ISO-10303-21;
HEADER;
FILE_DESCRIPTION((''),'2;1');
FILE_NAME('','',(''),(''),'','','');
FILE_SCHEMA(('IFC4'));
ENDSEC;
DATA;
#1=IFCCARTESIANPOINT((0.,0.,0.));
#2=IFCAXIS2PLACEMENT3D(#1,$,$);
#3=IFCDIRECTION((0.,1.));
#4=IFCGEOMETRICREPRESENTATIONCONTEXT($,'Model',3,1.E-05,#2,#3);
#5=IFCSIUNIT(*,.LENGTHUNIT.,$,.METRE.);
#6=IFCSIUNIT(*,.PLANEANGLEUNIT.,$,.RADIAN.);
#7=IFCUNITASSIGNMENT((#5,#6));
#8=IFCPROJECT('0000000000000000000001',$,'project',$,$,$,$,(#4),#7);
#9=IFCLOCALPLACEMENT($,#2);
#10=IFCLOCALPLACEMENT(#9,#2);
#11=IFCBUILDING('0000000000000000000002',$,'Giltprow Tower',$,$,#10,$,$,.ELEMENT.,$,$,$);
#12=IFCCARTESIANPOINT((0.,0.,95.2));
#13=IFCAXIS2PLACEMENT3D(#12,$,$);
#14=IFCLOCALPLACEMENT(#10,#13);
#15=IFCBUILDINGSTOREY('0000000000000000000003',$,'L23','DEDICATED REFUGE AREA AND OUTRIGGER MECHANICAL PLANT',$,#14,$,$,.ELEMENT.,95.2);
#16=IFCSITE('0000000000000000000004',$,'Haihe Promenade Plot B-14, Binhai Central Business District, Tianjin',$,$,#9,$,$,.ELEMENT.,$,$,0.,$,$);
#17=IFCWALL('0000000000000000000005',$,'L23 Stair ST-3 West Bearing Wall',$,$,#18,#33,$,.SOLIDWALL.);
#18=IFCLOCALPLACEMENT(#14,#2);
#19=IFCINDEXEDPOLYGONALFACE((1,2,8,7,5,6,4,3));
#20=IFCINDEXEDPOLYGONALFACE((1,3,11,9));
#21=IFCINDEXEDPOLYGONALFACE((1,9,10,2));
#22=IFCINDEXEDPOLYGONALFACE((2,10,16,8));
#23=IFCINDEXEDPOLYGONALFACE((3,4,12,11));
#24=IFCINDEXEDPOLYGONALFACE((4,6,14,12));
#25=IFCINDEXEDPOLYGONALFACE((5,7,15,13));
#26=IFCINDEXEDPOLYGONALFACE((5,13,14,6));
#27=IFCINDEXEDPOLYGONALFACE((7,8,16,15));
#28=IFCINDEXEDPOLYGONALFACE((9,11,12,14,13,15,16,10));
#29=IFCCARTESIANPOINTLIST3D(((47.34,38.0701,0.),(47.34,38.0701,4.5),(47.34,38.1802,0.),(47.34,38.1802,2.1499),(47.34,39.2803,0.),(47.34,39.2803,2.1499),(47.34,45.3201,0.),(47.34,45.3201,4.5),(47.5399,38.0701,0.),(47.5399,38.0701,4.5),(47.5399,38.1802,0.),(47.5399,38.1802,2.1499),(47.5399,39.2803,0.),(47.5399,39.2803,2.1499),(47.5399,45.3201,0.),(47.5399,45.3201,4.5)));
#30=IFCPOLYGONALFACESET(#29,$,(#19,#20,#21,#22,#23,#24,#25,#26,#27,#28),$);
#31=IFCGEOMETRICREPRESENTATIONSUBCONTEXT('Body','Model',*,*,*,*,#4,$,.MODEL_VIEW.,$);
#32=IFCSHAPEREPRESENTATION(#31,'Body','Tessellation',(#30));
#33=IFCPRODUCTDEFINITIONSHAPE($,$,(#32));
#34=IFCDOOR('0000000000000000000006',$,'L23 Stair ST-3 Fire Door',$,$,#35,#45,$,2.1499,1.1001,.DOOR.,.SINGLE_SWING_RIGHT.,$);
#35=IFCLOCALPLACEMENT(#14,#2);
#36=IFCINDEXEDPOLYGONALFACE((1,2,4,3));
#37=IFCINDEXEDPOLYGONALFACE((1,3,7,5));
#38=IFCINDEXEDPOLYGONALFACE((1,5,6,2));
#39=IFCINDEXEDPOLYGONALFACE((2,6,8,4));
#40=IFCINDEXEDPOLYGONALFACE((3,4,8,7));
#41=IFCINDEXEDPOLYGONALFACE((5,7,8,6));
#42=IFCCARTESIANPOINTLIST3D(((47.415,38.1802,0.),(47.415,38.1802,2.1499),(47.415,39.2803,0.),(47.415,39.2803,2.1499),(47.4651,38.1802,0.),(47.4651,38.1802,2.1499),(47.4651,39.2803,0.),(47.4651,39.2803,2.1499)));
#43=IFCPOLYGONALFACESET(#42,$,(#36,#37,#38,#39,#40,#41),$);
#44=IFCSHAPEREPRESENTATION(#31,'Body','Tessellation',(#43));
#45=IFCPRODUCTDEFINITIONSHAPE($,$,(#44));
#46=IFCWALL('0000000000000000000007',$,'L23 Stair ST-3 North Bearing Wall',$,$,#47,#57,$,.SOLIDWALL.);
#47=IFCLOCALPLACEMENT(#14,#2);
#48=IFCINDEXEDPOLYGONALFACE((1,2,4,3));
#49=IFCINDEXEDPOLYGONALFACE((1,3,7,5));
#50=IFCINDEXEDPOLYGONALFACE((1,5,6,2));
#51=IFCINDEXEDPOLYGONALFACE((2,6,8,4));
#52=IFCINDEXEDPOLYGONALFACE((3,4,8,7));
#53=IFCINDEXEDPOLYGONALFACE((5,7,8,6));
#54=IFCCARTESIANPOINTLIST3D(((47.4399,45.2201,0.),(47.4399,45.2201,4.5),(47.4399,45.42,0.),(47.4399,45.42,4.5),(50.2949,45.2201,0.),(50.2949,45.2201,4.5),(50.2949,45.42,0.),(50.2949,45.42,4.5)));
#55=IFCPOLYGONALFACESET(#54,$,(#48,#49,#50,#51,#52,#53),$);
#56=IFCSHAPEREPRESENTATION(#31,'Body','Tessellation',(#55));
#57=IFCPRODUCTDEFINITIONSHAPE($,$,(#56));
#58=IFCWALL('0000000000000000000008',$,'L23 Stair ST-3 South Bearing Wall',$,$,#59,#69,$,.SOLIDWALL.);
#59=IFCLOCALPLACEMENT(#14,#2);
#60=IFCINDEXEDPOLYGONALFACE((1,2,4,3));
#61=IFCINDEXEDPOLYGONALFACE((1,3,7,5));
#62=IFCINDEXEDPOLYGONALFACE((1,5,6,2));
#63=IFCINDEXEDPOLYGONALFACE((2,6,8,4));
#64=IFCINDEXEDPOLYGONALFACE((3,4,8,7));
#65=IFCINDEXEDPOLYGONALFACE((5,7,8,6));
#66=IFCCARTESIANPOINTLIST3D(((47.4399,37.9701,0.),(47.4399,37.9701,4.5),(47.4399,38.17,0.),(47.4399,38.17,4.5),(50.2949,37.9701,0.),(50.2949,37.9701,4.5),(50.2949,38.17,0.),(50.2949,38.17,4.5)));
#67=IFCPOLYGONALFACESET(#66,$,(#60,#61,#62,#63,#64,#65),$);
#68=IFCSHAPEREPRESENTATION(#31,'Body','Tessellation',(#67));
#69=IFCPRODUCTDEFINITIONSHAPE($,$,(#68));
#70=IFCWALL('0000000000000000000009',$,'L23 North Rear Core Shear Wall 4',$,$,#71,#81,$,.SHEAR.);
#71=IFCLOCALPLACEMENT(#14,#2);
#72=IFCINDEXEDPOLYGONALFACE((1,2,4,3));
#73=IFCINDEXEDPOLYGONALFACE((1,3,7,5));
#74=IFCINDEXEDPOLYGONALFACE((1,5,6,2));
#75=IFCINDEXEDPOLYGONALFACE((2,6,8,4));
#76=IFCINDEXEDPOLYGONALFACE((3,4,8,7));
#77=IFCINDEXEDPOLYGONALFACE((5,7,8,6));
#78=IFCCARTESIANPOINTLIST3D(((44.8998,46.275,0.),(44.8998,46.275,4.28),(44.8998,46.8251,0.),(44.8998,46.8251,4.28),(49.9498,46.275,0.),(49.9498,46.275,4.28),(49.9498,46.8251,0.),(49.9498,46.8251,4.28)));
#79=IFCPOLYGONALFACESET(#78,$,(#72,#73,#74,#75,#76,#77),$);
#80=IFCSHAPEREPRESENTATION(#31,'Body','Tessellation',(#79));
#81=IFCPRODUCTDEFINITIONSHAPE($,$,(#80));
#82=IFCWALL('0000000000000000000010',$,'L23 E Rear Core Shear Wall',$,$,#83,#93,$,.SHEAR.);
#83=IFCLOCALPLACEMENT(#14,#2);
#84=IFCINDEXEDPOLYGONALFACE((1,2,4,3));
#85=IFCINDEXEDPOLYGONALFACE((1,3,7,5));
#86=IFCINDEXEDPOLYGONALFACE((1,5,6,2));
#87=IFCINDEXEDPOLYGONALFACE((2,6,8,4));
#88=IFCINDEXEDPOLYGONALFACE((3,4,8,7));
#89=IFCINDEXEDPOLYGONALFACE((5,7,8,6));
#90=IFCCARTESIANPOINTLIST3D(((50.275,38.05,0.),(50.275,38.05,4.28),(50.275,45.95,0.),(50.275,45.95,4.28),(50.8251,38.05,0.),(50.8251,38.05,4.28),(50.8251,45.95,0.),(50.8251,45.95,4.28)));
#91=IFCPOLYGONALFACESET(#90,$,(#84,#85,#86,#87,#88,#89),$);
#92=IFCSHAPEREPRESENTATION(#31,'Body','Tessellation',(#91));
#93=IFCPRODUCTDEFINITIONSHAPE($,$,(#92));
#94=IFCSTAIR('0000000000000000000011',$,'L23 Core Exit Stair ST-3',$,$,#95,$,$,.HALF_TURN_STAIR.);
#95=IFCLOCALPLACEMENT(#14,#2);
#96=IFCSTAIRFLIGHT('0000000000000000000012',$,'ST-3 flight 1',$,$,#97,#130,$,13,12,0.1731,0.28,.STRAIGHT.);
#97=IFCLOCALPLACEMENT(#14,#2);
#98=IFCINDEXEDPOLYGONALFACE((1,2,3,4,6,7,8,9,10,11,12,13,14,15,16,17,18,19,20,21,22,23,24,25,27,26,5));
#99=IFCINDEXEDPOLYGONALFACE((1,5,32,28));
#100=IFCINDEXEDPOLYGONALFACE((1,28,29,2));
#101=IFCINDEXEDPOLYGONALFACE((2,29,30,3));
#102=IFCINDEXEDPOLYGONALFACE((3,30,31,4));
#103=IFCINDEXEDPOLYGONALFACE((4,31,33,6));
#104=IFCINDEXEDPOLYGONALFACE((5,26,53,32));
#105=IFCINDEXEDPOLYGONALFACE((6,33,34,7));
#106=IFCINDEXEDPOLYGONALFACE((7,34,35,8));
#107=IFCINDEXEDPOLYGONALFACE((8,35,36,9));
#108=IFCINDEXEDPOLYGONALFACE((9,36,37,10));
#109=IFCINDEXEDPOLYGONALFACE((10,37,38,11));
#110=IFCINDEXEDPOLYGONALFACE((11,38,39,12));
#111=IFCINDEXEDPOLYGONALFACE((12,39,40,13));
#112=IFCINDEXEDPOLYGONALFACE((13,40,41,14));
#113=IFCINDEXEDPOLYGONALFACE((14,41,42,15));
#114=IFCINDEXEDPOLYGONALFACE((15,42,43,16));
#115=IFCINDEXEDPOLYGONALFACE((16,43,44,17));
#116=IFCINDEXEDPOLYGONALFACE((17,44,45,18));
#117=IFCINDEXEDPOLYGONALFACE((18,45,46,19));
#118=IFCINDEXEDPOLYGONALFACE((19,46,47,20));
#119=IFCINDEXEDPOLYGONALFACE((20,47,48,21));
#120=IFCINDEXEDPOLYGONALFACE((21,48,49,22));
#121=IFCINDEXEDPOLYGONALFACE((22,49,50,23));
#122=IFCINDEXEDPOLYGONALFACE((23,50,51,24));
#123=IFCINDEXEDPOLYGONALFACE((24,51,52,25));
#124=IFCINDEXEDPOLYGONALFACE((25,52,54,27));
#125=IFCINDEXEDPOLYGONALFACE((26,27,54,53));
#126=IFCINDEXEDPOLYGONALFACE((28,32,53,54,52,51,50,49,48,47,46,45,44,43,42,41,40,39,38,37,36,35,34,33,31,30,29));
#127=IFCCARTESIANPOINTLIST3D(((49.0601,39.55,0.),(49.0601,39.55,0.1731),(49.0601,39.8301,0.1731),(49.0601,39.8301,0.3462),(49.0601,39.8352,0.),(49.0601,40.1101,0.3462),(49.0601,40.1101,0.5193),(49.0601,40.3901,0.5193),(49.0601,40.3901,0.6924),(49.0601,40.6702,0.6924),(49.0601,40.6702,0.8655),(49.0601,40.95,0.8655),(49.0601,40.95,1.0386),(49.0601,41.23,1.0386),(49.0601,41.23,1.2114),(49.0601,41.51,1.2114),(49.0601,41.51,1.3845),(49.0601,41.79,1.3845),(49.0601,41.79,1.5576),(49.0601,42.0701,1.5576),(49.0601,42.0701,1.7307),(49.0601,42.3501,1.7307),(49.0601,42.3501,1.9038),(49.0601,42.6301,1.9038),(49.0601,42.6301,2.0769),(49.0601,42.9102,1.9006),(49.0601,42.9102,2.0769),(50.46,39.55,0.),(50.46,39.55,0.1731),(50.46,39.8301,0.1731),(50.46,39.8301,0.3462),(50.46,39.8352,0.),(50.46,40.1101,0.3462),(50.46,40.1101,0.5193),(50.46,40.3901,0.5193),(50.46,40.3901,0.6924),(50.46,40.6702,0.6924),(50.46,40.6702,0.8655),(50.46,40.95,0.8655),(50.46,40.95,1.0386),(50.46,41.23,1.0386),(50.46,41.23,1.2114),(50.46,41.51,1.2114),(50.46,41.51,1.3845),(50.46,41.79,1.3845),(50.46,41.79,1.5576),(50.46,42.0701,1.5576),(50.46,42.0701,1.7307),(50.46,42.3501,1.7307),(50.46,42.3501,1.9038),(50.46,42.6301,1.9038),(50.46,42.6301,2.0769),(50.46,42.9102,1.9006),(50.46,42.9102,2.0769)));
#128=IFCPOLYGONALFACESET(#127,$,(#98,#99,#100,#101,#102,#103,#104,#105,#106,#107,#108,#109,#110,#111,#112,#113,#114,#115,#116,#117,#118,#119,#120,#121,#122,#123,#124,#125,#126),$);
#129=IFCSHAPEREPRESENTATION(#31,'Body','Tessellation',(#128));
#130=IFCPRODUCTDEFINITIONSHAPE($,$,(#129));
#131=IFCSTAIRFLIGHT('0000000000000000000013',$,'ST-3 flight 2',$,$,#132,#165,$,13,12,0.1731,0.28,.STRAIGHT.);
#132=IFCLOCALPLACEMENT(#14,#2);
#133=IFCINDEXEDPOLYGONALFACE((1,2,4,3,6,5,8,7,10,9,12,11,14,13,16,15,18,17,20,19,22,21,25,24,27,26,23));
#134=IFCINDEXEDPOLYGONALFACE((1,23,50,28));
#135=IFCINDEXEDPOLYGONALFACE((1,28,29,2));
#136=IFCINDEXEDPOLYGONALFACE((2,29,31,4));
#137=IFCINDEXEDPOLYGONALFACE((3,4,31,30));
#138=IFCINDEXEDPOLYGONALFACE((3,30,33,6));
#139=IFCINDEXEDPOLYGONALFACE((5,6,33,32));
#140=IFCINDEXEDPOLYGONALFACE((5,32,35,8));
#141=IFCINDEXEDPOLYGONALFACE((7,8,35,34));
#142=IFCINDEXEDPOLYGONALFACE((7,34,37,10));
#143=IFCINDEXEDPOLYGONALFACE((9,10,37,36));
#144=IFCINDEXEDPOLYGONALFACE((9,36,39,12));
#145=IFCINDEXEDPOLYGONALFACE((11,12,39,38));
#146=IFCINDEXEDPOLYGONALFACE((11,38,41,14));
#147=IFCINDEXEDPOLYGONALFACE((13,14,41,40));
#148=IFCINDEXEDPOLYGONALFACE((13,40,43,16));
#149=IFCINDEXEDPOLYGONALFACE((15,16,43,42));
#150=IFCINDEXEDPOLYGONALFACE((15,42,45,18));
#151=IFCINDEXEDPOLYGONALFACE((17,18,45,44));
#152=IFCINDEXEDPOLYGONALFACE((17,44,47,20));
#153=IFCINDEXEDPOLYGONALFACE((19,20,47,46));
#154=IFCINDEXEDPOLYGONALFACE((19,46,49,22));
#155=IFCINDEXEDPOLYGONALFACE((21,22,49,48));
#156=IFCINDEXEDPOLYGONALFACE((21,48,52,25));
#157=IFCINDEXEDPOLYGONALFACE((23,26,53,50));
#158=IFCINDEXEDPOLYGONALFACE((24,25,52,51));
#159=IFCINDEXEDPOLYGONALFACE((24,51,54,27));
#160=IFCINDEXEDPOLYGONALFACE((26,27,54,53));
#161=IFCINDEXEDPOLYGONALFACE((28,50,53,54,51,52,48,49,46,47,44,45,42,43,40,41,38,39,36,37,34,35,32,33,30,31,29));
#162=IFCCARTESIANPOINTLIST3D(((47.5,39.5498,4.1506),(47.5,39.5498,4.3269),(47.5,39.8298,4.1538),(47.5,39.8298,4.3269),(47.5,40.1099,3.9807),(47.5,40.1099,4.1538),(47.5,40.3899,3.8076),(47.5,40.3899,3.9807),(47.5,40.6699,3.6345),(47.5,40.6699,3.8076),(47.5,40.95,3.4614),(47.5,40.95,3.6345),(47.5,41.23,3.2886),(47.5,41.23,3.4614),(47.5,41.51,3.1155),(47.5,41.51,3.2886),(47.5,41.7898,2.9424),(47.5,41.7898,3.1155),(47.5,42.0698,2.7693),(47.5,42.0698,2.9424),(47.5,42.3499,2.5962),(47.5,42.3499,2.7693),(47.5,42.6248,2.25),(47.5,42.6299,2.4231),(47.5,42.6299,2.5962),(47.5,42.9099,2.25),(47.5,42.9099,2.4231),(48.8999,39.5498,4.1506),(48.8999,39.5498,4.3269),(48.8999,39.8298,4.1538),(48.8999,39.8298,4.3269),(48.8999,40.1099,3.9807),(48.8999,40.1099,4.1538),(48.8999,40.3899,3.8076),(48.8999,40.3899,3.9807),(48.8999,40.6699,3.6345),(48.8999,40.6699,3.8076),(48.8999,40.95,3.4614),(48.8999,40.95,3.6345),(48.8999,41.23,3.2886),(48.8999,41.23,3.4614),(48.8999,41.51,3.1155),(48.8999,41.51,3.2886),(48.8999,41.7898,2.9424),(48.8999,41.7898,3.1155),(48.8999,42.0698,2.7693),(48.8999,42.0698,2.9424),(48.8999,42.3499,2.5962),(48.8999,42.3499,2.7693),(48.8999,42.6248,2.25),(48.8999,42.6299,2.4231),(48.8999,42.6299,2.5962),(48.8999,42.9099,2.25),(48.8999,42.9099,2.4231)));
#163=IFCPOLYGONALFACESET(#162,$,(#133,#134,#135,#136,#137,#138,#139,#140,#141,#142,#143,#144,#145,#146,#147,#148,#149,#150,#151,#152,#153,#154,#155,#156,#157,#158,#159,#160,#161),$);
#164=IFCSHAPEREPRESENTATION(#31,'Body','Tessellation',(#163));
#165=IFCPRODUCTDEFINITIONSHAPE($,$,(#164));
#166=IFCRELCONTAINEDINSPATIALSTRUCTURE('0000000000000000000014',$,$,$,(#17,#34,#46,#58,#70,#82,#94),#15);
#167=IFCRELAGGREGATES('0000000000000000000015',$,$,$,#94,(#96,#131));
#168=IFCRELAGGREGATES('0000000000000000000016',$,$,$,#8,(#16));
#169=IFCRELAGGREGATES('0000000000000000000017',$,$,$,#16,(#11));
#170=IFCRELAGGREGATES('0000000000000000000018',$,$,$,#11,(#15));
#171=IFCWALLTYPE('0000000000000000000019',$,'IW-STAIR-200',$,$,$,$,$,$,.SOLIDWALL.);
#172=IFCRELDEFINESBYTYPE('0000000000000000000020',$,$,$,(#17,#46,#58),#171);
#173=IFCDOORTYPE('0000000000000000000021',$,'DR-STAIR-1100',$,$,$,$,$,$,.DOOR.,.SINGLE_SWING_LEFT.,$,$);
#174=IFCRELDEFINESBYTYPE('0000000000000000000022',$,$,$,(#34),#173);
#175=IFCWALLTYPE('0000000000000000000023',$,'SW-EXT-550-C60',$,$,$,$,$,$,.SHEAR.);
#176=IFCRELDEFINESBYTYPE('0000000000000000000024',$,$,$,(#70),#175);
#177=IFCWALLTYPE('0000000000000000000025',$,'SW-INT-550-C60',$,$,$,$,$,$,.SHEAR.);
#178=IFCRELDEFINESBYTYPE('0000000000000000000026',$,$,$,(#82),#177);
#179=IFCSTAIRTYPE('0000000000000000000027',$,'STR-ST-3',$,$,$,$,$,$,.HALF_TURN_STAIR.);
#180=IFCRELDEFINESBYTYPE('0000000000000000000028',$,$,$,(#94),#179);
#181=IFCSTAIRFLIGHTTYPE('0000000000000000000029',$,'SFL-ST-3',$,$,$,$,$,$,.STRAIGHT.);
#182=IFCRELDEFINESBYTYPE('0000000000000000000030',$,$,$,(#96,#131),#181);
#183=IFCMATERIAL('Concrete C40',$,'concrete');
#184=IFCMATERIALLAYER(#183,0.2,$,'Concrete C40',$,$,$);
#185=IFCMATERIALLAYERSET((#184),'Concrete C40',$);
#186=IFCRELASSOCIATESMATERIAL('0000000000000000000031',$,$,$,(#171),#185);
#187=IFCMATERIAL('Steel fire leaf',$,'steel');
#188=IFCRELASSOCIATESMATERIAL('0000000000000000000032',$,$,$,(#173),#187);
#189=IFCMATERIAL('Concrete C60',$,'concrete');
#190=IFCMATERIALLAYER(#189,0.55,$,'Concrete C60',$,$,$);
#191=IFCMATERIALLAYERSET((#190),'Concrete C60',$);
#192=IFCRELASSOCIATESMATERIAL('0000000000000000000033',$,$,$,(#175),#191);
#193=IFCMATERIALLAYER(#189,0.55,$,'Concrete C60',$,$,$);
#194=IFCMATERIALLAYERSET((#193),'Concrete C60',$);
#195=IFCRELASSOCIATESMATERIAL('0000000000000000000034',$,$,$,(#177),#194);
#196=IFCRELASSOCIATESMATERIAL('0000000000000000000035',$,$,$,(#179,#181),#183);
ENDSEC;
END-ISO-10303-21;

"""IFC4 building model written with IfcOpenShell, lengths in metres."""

from ifc_helpers import new_model, si_unit, direction, frame, frame_2d, origin, place, context, subcontext, project, spatial, polyline, rectangle, outline, extrude, source, transform, mapped, material, layer, layer_set, type_object, element, fill, aggregate, save


model = new_model("IFC4")

# Units and contexts
model_context = context("Model", 3, precision=1e-05, world=origin(), true_north=direction((0.0, 1.0)))
body_context = subcontext(model_context, "Body", "Model", "MODEL_VIEW")
ifc_project = project(units=[si_unit("LENGTHUNIT", "METRE"), si_unit("PLANEANGLEUNIT", "RADIAN")], contexts=[model_context])

# Site, building, storey
site_placement = place(None, origin())
site = spatial("IfcSite", under=ifc_project, at=site_placement, Name="Haihe Promenade Plot B-14, Binhai Central Business District, Tianjin", CompositionType="ELEMENT", RefElevation=0.0)
building_placement = place(site_placement, origin())
building = spatial("IfcBuilding", under=site, at=building_placement, Name="Giltprow Tower", CompositionType="ELEMENT")
storey_placement = place(building_placement, frame((0.0, 0.0, 95.2)))
storey = spatial("IfcBuildingStorey", under=building, at=storey_placement, Name="L23", Description="DEDICATED REFUGE AREA AND OUTRIGGER MECHANICAL PLANT", CompositionType="ELEMENT", Elevation=95.2)

# Shared definitions
ifc_material_1 = material(Name="Concrete C60", Category="concrete")

# Wall, opening, door
ifc_material_2 = material(Name="Concrete C40", Category="concrete")
ifc_layer_1 = layer(ifc_material_2, 0.2, Name="Concrete C40")
ifc_layer_set_1 = layer_set([ifc_layer_1], Name="Concrete C40")
wall_type_1 = type_object("IfcWallType", Name="IW-STAIR-200", PredefinedType="SOLIDWALL", material=ifc_layer_set_1)
wall_1_placement = place(storey_placement, frame((47.4399, 38.0701, 0.0), z_axis=(0.0, 0.0, 1.0), x_axis=(0.0, 1.0, 0.0)))
wall_1 = element("IfcWall", 1, at=wall_1_placement, inside=storey, type_object=wall_type_1, Name="L23 Stair ST-3 West Bearing Wall", PredefinedType="SOLIDWALL", context=body_context, shape_type="SweptSolid", body=[
    extrude(rectangle(XDim=7.25, YDim=0.2, at=frame_2d((3.625, 0.0))), origin(), (0.0, 0.0, 1.0), 4.5),
])
opening_placement = place(wall_1_placement, frame((0.1101, 0.0, 0.0)))
opening = element("IfcOpeningElement", 2, at=opening_placement, cuts=wall_1, PredefinedType="OPENING", context=body_context, shape_type="SweptSolid", body=[
    extrude(rectangle(XDim=1.1001, YDim=2.1499, at=frame_2d((0.55, 1.075))), frame((0.0, 0.1099, 0.0), z_axis=(0.0, -1.0, 0.0), x_axis=(1.0, 0.0, 0.0)), (0.0, 0.0, 1.0), 0.22),
])
ifc_material_3 = material(Name="Steel fire leaf", Category="steel")
door_type = type_object("IfcDoorType", Name="DR-STAIR-1100", OperationType="SINGLE_SWING_LEFT", PredefinedType="DOOR", material=ifc_material_3)
shared_shape_1 = source(origin(), body_context, "Body", "SweptSolid", [
    extrude(rectangle(XDim=1.1001, YDim=2.1499, at=frame_2d((0.55, 1.075))), frame((0.0, 0.0249, 0.0), z_axis=(0.0, -1.0, 0.0), x_axis=(1.0, 0.0, 0.0)), (0.0, 0.0, 1.0), 0.05),
])
door_placement = place(opening_placement, origin())
door = element("IfcDoor", 3, at=door_placement, inside=storey, type_object=door_type, Name="L23 Stair ST-3 Fire Door", OperationType="SINGLE_SWING_RIGHT", OverallHeight=2.1499, OverallWidth=1.1001, PredefinedType="DOOR", context=body_context, shape_type="MappedRepresentation", body=[
    mapped(shared_shape_1, transform((0.0, 0.0, 0.0), x_axis=(1.0, 0.0, 0.0), y_axis=(0.0, 1.0, 0.0), z_axis=(0.0, 0.0, 1.0), scale=1.0)),
])
fill(opening, door)

# Walls
for number, where, z_axis, x_axis, name in (
    (4, (47.4399, 45.3201, 0.0), (0.0, 0.0, 1.0), (1.0, 0.0, 0.0), "L23 Stair ST-3 North Bearing Wall"),
    (5, (47.4399, 38.0701, 0.0), (0.0, 0.0, 1.0), (1.0, 0.0, 0.0), "L23 Stair ST-3 South Bearing Wall"),
):
    element("IfcWall", number, at=place(storey_placement, frame(where, z_axis=z_axis, x_axis=x_axis)), inside=storey, type_object=wall_type_1, Name=name, PredefinedType="SOLIDWALL", context=body_context, shape_type="SweptSolid", body=[
        extrude(rectangle(XDim=2.855, YDim=0.2, at=frame_2d((1.4275, 0.0))), origin(), (0.0, 0.0, 1.0), 4.5),
    ])
ifc_layer_2 = layer(ifc_material_1, 0.55, Name="Concrete C60")
ifc_layer_set_2 = layer_set([ifc_layer_2], Name="Concrete C60")
wall_type_2 = type_object("IfcWallType", Name="SW-EXT-550-C60", PredefinedType="SHEAR", material=ifc_layer_set_2)
wall_2_placement = place(storey_placement, frame((44.8999, 46.55, 0.0), z_axis=(0.0, 0.0, 1.0), x_axis=(1.0, 0.0, 0.0)))
element("IfcWall", 6, at=wall_2_placement, inside=storey, type_object=wall_type_2, Name="L23 North Rear Core Shear Wall 4", PredefinedType="SHEAR", context=body_context, shape_type="SweptSolid", body=[
    extrude(rectangle(XDim=5.05, YDim=0.55, at=frame_2d((2.5249, 0.0))), origin(), (0.0, 0.0, 1.0), 4.28),
])
ifc_layer_3 = layer(ifc_material_1, 0.55, Name="Concrete C60")
ifc_layer_set_3 = layer_set([ifc_layer_3], Name="Concrete C60")
wall_type_3 = type_object("IfcWallType", Name="SW-INT-550-C60", PredefinedType="SHEAR", material=ifc_layer_set_3)
wall_3_placement = place(storey_placement, frame((50.55, 38.05, 0.0), z_axis=(0.0, 0.0, 1.0), x_axis=(0.0, 1.0, 0.0)))
element("IfcWall", 7, at=wall_3_placement, inside=storey, type_object=wall_type_3, Name="L23 E Rear Core Shear Wall", PredefinedType="SHEAR", context=body_context, shape_type="SweptSolid", body=[
    extrude(rectangle(XDim=7.8999, YDim=0.55, at=frame_2d((3.95, 0.0))), origin(), (0.0, 0.0, 1.0), 4.28),
])

# Stair, stair flights
stair_type = type_object("IfcStairType", Name="STR-ST-3", PredefinedType="HALF_TURN_STAIR", material=ifc_material_2)
stair_placement = place(storey_placement, origin())
stair = element("IfcStair", 8, at=stair_placement, inside=storey, type_object=stair_type, Name="L23 Core Exit Stair ST-3", PredefinedType="HALF_TURN_STAIR")
stair_flight_type = type_object("IfcStairFlightType", Name="SFL-ST-3", PredefinedType="STRAIGHT", material=ifc_material_2)
stair_flight_1_placement = place(storey_placement, frame((49.76, 39.55, 0.0), z_axis=(0.0, 0.0, 1.0), x_axis=(0.0, 1.0, 0.0)))
stair_flight_1 = element("IfcStairFlight", 9, at=stair_flight_1_placement, type_object=stair_flight_type, Name="ST-3 flight 1", NumberOfRisers=13, NumberOfTreads=12, PredefinedType="STRAIGHT", RiserHeight=0.1731, TreadLength=0.28, context=body_context, shape_type="SweptSolid", body=[
    extrude(outline(polyline([(0.0, 0.0), (0.0, 0.1731), (0.28, 0.1731), (0.28, 0.3462), (0.5601, 0.3462), (0.5601, 0.5193), (0.8401, 0.5193), (0.8401, 0.6924), (1.1201, 0.6924), (1.1201, 0.8655), (1.3999, 0.8655), (1.3999, 1.0386), (1.6799, 1.0386), (1.6799, 1.2114), (1.96, 1.2114), (1.96, 1.3845), (2.24, 1.3845), (2.24, 1.5576), (2.52, 1.5576), (2.52, 1.7307), (2.8, 1.7307), (2.8, 1.9038), (3.0801, 1.9038), (3.0801, 2.0769), (3.3601, 2.0769), (3.3601, 2.25), (3.3601, 1.9006), (0.2852, 0.0), (0.0, 0.0)])), frame((0.0, 0.7, 0.0), z_axis=(0.0, -1.0, 0.0), x_axis=(1.0, 0.0, 0.0)), (0.0, 0.0, 1.0), 1.3999),
])
stair_flight_2_placement = place(storey_placement, frame((48.2, 42.9099, 2.25), z_axis=(0.0, 0.0, 1.0), x_axis=(0.0, -1.0, 0.0)))
stair_flight_2 = element("IfcStairFlight", 10, at=stair_flight_2_placement, type_object=stair_flight_type, Name="ST-3 flight 2", NumberOfRisers=13, NumberOfTreads=12, PredefinedType="STRAIGHT", RiserHeight=0.1731, TreadLength=0.28, context=body_context, shape_type="SweptSolid", body=[
    extrude(outline(polyline([(0.0, 0.0), (0.0, 0.1731), (0.28, 0.1731), (0.28, 0.3462), (0.5601, 0.3462), (0.5601, 0.5193), (0.8401, 0.5193), (0.8401, 0.6924), (1.1201, 0.6924), (1.1201, 0.8655), (1.3999, 0.8655), (1.3999, 1.0386), (1.6799, 1.0386), (1.6799, 1.2114), (1.96, 1.2114), (1.96, 1.3845), (2.24, 1.3845), (2.24, 1.5576), (2.52, 1.5576), (2.52, 1.7307), (2.8, 1.7307), (2.8, 1.9038), (3.0801, 1.9038), (3.0801, 2.0769), (3.3601, 2.0769), (3.3601, 2.25), (3.3601, 1.9006), (0.2852, 0.0), (0.0, 0.0)])), frame((0.0, 0.7, 0.0), z_axis=(0.0, -1.0, 0.0), x_axis=(1.0, 0.0, 0.0)), (0.0, 0.0, 1.0), 1.3999),
])
aggregate(stair, [stair_flight_1, stair_flight_2])

save(model, "model.ifc")
